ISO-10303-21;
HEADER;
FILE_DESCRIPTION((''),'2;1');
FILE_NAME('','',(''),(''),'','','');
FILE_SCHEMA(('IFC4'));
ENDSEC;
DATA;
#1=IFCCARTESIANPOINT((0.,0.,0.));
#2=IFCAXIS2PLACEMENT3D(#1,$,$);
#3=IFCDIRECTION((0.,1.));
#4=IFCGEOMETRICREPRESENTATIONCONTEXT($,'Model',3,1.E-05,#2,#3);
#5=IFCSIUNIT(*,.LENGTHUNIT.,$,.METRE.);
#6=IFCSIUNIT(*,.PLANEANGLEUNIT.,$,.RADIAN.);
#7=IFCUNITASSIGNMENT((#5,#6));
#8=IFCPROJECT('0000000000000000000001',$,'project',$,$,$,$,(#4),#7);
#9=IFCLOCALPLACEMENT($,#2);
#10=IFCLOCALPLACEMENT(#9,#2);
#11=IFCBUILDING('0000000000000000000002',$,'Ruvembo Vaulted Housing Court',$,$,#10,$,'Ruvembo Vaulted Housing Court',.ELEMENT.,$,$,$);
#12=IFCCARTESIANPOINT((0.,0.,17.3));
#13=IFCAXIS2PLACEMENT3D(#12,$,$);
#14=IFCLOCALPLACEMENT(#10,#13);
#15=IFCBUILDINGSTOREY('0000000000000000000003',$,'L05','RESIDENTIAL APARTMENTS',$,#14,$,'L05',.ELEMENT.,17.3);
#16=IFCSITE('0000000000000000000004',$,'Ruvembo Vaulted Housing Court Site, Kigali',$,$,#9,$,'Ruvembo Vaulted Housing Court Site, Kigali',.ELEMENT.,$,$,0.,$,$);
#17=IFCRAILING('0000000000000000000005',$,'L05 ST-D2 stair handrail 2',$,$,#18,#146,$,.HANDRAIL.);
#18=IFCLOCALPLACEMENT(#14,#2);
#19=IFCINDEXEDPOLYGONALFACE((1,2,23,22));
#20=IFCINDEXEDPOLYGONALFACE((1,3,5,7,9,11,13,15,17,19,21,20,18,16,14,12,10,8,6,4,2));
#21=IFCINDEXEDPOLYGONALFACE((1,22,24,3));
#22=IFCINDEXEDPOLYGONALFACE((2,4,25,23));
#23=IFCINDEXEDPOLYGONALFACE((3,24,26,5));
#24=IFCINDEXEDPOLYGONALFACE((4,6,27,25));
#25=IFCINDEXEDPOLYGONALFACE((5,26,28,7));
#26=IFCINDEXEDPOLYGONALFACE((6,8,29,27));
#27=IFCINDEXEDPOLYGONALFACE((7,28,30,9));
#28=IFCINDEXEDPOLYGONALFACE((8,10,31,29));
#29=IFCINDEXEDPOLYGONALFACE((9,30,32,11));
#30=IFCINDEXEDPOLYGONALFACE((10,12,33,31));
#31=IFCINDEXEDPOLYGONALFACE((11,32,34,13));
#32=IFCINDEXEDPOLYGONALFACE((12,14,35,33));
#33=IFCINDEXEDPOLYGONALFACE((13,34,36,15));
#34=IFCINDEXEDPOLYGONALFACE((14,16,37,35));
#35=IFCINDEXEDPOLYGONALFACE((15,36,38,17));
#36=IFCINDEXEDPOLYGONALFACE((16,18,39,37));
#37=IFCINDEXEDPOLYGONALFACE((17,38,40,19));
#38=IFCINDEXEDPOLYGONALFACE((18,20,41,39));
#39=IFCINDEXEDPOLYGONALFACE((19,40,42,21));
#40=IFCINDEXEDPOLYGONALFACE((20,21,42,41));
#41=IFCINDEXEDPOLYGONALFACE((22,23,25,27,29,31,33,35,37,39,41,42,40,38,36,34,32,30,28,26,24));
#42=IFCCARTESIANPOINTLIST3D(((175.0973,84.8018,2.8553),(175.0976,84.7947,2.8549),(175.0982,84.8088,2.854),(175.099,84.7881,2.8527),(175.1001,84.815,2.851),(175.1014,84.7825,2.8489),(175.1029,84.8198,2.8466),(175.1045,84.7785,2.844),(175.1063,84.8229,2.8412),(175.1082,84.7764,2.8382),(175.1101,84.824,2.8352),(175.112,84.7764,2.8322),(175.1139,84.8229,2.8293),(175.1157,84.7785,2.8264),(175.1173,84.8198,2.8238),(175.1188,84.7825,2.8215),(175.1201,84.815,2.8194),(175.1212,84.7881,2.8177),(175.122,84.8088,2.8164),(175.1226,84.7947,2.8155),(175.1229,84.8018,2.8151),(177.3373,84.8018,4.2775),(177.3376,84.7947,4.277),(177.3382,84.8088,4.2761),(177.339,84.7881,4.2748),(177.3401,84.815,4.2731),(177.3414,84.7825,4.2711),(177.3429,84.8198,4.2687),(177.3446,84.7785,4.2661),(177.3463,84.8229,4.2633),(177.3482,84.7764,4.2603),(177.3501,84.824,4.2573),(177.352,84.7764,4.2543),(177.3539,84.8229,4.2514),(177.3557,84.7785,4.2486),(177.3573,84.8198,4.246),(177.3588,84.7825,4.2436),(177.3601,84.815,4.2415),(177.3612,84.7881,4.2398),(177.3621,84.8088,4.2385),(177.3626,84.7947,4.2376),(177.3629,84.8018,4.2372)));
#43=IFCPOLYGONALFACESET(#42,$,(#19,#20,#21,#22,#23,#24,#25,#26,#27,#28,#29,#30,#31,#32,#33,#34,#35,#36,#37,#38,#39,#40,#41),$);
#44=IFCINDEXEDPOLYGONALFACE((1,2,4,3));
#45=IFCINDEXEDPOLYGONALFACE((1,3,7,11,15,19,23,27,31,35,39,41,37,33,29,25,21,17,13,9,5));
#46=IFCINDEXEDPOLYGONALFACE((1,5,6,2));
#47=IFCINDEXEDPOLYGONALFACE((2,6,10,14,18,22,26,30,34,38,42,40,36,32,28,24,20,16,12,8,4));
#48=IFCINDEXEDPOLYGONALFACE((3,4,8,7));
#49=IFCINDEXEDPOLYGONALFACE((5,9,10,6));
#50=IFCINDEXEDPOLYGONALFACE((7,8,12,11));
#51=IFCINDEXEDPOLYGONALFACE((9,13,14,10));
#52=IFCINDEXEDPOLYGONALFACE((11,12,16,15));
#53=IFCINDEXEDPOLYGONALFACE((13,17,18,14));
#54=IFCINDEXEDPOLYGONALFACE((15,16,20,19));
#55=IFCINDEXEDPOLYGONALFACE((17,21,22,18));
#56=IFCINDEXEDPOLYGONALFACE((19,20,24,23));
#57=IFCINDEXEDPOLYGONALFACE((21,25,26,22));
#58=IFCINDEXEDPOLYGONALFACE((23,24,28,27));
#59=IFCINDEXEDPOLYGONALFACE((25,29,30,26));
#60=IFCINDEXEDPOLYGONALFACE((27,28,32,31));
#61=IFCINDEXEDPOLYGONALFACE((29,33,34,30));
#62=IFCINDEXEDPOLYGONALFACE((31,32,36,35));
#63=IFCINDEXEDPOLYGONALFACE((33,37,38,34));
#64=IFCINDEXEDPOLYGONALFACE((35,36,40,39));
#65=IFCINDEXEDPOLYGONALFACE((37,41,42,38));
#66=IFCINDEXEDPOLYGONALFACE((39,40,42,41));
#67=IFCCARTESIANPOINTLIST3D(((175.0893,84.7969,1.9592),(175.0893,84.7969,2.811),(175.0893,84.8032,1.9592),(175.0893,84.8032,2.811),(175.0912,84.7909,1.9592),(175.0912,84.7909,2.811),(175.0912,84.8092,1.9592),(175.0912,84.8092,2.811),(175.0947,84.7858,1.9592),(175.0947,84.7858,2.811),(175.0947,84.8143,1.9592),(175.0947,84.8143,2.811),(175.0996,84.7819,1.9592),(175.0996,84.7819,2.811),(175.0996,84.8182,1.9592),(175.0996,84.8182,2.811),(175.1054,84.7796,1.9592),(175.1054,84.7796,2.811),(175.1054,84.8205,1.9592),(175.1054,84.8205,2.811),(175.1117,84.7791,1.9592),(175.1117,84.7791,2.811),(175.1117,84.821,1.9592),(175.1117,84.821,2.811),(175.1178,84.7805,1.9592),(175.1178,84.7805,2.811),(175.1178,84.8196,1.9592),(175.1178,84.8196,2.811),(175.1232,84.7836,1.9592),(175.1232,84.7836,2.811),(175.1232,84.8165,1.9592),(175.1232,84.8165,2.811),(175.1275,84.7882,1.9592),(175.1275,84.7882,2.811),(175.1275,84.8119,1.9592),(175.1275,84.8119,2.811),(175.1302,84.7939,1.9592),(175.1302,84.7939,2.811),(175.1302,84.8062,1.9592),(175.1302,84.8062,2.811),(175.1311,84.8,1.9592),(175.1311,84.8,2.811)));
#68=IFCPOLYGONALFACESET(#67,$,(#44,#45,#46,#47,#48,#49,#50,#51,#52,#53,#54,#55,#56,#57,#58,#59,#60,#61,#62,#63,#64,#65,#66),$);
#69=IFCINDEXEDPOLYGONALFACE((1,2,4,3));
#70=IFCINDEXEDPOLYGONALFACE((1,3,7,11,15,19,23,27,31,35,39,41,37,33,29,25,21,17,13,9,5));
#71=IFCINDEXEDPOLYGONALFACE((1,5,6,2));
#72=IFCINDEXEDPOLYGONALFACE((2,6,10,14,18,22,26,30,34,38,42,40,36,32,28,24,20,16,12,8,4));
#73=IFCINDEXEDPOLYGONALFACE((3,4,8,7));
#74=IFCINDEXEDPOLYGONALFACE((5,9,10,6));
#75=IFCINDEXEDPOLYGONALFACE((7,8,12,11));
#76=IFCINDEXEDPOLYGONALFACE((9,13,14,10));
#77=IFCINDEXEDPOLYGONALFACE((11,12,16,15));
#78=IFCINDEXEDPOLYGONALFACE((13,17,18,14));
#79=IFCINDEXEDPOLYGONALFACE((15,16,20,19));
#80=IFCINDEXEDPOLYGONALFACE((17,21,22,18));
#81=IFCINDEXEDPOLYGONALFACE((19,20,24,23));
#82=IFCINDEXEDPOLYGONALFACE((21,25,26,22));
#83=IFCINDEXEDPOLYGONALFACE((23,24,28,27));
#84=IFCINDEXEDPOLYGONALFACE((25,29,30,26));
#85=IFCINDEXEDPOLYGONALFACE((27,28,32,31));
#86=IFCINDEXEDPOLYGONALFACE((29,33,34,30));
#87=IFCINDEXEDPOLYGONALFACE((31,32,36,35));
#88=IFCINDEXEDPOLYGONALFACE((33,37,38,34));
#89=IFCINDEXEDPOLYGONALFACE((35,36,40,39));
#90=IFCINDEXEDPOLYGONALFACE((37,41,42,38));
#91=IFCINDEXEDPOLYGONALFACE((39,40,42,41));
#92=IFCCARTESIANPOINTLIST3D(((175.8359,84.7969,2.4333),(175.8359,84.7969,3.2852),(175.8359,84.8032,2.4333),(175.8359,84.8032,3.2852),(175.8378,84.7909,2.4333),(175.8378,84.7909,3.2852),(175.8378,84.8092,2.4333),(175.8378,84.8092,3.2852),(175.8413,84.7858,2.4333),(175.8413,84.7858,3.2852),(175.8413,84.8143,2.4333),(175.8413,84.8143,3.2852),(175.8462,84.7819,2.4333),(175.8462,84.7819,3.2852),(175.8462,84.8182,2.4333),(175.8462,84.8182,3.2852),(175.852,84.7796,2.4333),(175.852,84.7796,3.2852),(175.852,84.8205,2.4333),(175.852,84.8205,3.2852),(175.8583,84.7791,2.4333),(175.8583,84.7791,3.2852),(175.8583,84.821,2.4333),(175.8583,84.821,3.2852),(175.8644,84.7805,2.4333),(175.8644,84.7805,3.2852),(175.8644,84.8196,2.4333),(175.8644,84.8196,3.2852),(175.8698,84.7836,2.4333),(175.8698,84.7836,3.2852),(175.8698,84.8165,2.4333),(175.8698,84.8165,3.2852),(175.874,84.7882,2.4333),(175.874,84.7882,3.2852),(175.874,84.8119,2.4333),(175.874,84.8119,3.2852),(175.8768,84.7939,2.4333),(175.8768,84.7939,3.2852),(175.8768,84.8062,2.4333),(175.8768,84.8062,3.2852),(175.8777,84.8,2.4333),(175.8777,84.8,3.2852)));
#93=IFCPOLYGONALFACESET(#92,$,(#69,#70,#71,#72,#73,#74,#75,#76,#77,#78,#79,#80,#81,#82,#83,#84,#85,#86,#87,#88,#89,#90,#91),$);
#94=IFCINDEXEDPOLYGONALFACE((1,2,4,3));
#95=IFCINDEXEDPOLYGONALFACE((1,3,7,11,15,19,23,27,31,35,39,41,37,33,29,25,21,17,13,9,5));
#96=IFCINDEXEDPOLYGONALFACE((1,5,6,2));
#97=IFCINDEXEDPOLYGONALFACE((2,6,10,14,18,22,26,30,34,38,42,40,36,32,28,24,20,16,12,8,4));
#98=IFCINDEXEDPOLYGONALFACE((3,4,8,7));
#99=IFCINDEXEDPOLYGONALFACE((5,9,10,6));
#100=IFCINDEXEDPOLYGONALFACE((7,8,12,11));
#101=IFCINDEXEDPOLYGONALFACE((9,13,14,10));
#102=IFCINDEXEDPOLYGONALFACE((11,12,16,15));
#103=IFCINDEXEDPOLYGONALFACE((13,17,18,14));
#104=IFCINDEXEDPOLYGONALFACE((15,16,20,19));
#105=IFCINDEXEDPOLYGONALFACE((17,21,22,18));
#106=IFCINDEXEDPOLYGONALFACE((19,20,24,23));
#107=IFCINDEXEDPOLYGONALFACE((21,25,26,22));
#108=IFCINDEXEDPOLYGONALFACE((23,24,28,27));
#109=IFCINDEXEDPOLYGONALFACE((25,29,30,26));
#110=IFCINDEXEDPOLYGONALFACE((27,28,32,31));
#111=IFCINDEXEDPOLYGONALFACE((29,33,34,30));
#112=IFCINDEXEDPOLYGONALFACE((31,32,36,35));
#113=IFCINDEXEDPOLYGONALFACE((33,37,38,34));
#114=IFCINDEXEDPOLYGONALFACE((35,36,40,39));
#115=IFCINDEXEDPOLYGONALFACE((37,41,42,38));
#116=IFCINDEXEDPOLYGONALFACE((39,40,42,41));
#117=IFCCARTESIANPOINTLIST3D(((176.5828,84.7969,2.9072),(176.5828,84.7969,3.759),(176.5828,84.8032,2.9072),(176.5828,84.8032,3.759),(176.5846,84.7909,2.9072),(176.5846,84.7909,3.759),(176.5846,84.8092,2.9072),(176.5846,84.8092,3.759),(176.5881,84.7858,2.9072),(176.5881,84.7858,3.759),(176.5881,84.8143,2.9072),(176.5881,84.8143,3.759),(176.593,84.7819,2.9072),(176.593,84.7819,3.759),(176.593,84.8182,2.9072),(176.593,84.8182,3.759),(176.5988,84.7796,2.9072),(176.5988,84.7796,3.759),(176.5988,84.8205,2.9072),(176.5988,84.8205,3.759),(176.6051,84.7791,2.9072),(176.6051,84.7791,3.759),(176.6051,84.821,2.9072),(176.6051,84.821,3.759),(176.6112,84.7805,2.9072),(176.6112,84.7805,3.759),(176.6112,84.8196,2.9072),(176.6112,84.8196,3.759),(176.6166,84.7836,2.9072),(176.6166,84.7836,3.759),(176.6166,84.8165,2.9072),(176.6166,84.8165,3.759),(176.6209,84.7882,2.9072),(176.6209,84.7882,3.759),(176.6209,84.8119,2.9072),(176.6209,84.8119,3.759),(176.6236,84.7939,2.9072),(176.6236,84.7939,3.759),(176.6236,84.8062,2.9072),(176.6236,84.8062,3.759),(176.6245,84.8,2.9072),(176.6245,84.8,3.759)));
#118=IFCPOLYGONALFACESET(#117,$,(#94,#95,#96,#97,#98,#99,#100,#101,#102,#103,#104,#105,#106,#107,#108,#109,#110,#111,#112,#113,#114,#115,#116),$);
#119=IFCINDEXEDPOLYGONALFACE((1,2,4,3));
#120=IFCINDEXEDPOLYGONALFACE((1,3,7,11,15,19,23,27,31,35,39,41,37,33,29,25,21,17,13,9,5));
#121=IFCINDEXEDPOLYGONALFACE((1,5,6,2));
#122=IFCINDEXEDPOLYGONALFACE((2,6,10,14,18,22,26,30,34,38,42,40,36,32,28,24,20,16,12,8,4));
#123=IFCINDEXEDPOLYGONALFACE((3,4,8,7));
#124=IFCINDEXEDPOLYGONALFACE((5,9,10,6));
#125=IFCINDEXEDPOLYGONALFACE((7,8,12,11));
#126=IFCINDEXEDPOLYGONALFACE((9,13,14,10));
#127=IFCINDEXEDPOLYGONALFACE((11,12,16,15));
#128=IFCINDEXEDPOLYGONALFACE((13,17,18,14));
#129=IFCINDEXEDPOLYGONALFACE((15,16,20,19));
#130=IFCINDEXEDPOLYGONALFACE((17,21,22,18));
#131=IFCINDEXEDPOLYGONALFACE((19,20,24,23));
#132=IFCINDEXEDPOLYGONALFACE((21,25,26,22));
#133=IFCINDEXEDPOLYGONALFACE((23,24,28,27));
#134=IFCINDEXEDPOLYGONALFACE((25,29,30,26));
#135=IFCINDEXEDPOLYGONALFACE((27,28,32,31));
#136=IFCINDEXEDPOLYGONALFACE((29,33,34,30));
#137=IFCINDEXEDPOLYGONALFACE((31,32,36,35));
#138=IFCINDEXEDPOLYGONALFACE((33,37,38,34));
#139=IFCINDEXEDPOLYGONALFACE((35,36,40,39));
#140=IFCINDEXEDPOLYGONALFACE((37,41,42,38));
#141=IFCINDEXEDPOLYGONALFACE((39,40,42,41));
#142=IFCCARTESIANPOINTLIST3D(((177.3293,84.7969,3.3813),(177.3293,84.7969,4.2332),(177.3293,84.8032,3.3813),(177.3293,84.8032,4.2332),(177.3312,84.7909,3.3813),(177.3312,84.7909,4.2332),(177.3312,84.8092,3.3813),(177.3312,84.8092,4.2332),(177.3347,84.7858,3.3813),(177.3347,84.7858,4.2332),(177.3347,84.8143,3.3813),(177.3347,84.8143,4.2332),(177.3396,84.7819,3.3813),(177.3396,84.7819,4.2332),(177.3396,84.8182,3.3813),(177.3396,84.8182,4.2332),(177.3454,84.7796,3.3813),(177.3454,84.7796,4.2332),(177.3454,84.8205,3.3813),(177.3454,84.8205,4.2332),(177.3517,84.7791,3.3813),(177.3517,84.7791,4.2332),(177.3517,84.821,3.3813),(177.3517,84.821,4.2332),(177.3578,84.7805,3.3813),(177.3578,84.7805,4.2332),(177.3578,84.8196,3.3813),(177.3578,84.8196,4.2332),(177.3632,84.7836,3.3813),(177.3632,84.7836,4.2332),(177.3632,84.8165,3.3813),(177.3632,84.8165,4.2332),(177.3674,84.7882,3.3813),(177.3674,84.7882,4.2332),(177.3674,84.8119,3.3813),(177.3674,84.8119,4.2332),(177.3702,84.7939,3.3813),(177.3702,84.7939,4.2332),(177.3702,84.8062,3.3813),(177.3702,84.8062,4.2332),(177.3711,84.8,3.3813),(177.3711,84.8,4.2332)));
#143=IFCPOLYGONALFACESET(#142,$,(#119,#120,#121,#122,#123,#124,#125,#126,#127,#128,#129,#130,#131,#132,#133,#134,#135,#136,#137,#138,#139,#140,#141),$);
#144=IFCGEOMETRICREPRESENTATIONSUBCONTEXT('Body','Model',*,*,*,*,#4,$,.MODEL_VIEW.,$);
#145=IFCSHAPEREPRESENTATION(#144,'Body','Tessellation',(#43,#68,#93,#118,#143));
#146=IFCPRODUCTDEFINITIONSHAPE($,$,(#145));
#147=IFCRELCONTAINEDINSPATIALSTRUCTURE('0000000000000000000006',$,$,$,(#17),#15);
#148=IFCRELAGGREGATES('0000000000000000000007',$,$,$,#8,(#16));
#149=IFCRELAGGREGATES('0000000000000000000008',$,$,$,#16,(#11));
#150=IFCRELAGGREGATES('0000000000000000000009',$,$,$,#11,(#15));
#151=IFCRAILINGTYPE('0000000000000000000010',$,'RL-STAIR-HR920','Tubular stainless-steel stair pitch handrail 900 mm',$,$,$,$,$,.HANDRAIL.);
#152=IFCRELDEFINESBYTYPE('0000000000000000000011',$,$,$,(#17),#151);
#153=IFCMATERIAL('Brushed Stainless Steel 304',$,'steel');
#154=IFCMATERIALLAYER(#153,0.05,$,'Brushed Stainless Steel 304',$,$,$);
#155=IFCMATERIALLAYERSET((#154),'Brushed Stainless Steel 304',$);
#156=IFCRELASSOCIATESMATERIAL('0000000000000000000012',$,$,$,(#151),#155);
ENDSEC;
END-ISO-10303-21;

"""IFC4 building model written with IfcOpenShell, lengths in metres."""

from ifc_helpers import new_model, si_unit, direction, frame, origin, origin_2d, place, context, subcontext, project, spatial, circle, extrude, material, layer, layer_set, type_object, element, save


model = new_model("IFC4")

# Units and contexts
model_context = context("Model", 3, precision=1e-05, world=origin(), true_north=direction((0.0, 1.0)))
body_context = subcontext(model_context, "Body", "Model", "MODEL_VIEW")
ifc_project = project(units=[si_unit("LENGTHUNIT", "METRE"), si_unit("PLANEANGLEUNIT", "RADIAN")], contexts=[model_context])

# Site, building, storey
site_placement = place(None, origin())
site = spatial("IfcSite", under=ifc_project, at=site_placement, Name="Ruvembo Vaulted Housing Court Site, Kigali", LongName="Ruvembo Vaulted Housing Court Site, Kigali", CompositionType="ELEMENT", RefElevation=0.0)
building_placement = place(site_placement, origin())
building = spatial("IfcBuilding", under=site, at=building_placement, Name="Ruvembo Vaulted Housing Court", LongName="Ruvembo Vaulted Housing Court", CompositionType="ELEMENT")
storey_placement = place(building_placement, frame((0.0, 0.0, 17.3)))
storey = spatial("IfcBuildingStorey", under=building, at=storey_placement, Name="L05", Description="RESIDENTIAL APARTMENTS", LongName="L05", CompositionType="ELEMENT", Elevation=17.3)

# Railing
ifc_material_1 = material(Name="Brushed Stainless Steel 304", Category="steel")
ifc_layer_1 = layer(ifc_material_1, 0.05, Name="Brushed Stainless Steel 304")
ifc_layer_set_1 = layer_set([ifc_layer_1], Name="Brushed Stainless Steel 304")
railing_type_1 = type_object("IfcRailingType", Name="RL-STAIR-HR920", Description="Tubular stainless-steel stair pitch handrail 900 mm", PredefinedType="HANDRAIL", material=ifc_layer_set_1)
railing_1_placement = place(storey_placement, frame((175.1101, 84.8, 1.9592)))
element("IfcRailing", 1, at=railing_1_placement, inside=storey, type_object=railing_type_1, Name="L05 ST-D2 stair handrail 2", PredefinedType="HANDRAIL", context=body_context, shape_type="SweptSolid", body=[
    extrude(circle(Radius=0.0239, at=origin_2d()), frame((0.0, 0.0, 0.876), z_axis=(0.844229, 0.0, 0.535982), x_axis=(0.0, 1.0, 0.0)), (0.0, 0.0, 1.0), 2.6533),
    extrude(circle(Radius=0.021, at=origin_2d()), origin(), (0.0, 0.0, 1.0), 0.8518),
    extrude(circle(Radius=0.021, at=origin_2d()), frame((0.7466, 0.0, 0.4741)), (0.0, 0.0, 1.0), 0.8518),
    extrude(circle(Radius=0.021, at=origin_2d()), frame((1.4934, 0.0, 0.948)), (0.0, 0.0, 1.0), 0.8518),
    extrude(circle(Radius=0.021, at=origin_2d()), frame((2.24, 0.0, 1.4221)), (0.0, 0.0, 1.0), 0.8518),
])

save(model, "model.ifc")
